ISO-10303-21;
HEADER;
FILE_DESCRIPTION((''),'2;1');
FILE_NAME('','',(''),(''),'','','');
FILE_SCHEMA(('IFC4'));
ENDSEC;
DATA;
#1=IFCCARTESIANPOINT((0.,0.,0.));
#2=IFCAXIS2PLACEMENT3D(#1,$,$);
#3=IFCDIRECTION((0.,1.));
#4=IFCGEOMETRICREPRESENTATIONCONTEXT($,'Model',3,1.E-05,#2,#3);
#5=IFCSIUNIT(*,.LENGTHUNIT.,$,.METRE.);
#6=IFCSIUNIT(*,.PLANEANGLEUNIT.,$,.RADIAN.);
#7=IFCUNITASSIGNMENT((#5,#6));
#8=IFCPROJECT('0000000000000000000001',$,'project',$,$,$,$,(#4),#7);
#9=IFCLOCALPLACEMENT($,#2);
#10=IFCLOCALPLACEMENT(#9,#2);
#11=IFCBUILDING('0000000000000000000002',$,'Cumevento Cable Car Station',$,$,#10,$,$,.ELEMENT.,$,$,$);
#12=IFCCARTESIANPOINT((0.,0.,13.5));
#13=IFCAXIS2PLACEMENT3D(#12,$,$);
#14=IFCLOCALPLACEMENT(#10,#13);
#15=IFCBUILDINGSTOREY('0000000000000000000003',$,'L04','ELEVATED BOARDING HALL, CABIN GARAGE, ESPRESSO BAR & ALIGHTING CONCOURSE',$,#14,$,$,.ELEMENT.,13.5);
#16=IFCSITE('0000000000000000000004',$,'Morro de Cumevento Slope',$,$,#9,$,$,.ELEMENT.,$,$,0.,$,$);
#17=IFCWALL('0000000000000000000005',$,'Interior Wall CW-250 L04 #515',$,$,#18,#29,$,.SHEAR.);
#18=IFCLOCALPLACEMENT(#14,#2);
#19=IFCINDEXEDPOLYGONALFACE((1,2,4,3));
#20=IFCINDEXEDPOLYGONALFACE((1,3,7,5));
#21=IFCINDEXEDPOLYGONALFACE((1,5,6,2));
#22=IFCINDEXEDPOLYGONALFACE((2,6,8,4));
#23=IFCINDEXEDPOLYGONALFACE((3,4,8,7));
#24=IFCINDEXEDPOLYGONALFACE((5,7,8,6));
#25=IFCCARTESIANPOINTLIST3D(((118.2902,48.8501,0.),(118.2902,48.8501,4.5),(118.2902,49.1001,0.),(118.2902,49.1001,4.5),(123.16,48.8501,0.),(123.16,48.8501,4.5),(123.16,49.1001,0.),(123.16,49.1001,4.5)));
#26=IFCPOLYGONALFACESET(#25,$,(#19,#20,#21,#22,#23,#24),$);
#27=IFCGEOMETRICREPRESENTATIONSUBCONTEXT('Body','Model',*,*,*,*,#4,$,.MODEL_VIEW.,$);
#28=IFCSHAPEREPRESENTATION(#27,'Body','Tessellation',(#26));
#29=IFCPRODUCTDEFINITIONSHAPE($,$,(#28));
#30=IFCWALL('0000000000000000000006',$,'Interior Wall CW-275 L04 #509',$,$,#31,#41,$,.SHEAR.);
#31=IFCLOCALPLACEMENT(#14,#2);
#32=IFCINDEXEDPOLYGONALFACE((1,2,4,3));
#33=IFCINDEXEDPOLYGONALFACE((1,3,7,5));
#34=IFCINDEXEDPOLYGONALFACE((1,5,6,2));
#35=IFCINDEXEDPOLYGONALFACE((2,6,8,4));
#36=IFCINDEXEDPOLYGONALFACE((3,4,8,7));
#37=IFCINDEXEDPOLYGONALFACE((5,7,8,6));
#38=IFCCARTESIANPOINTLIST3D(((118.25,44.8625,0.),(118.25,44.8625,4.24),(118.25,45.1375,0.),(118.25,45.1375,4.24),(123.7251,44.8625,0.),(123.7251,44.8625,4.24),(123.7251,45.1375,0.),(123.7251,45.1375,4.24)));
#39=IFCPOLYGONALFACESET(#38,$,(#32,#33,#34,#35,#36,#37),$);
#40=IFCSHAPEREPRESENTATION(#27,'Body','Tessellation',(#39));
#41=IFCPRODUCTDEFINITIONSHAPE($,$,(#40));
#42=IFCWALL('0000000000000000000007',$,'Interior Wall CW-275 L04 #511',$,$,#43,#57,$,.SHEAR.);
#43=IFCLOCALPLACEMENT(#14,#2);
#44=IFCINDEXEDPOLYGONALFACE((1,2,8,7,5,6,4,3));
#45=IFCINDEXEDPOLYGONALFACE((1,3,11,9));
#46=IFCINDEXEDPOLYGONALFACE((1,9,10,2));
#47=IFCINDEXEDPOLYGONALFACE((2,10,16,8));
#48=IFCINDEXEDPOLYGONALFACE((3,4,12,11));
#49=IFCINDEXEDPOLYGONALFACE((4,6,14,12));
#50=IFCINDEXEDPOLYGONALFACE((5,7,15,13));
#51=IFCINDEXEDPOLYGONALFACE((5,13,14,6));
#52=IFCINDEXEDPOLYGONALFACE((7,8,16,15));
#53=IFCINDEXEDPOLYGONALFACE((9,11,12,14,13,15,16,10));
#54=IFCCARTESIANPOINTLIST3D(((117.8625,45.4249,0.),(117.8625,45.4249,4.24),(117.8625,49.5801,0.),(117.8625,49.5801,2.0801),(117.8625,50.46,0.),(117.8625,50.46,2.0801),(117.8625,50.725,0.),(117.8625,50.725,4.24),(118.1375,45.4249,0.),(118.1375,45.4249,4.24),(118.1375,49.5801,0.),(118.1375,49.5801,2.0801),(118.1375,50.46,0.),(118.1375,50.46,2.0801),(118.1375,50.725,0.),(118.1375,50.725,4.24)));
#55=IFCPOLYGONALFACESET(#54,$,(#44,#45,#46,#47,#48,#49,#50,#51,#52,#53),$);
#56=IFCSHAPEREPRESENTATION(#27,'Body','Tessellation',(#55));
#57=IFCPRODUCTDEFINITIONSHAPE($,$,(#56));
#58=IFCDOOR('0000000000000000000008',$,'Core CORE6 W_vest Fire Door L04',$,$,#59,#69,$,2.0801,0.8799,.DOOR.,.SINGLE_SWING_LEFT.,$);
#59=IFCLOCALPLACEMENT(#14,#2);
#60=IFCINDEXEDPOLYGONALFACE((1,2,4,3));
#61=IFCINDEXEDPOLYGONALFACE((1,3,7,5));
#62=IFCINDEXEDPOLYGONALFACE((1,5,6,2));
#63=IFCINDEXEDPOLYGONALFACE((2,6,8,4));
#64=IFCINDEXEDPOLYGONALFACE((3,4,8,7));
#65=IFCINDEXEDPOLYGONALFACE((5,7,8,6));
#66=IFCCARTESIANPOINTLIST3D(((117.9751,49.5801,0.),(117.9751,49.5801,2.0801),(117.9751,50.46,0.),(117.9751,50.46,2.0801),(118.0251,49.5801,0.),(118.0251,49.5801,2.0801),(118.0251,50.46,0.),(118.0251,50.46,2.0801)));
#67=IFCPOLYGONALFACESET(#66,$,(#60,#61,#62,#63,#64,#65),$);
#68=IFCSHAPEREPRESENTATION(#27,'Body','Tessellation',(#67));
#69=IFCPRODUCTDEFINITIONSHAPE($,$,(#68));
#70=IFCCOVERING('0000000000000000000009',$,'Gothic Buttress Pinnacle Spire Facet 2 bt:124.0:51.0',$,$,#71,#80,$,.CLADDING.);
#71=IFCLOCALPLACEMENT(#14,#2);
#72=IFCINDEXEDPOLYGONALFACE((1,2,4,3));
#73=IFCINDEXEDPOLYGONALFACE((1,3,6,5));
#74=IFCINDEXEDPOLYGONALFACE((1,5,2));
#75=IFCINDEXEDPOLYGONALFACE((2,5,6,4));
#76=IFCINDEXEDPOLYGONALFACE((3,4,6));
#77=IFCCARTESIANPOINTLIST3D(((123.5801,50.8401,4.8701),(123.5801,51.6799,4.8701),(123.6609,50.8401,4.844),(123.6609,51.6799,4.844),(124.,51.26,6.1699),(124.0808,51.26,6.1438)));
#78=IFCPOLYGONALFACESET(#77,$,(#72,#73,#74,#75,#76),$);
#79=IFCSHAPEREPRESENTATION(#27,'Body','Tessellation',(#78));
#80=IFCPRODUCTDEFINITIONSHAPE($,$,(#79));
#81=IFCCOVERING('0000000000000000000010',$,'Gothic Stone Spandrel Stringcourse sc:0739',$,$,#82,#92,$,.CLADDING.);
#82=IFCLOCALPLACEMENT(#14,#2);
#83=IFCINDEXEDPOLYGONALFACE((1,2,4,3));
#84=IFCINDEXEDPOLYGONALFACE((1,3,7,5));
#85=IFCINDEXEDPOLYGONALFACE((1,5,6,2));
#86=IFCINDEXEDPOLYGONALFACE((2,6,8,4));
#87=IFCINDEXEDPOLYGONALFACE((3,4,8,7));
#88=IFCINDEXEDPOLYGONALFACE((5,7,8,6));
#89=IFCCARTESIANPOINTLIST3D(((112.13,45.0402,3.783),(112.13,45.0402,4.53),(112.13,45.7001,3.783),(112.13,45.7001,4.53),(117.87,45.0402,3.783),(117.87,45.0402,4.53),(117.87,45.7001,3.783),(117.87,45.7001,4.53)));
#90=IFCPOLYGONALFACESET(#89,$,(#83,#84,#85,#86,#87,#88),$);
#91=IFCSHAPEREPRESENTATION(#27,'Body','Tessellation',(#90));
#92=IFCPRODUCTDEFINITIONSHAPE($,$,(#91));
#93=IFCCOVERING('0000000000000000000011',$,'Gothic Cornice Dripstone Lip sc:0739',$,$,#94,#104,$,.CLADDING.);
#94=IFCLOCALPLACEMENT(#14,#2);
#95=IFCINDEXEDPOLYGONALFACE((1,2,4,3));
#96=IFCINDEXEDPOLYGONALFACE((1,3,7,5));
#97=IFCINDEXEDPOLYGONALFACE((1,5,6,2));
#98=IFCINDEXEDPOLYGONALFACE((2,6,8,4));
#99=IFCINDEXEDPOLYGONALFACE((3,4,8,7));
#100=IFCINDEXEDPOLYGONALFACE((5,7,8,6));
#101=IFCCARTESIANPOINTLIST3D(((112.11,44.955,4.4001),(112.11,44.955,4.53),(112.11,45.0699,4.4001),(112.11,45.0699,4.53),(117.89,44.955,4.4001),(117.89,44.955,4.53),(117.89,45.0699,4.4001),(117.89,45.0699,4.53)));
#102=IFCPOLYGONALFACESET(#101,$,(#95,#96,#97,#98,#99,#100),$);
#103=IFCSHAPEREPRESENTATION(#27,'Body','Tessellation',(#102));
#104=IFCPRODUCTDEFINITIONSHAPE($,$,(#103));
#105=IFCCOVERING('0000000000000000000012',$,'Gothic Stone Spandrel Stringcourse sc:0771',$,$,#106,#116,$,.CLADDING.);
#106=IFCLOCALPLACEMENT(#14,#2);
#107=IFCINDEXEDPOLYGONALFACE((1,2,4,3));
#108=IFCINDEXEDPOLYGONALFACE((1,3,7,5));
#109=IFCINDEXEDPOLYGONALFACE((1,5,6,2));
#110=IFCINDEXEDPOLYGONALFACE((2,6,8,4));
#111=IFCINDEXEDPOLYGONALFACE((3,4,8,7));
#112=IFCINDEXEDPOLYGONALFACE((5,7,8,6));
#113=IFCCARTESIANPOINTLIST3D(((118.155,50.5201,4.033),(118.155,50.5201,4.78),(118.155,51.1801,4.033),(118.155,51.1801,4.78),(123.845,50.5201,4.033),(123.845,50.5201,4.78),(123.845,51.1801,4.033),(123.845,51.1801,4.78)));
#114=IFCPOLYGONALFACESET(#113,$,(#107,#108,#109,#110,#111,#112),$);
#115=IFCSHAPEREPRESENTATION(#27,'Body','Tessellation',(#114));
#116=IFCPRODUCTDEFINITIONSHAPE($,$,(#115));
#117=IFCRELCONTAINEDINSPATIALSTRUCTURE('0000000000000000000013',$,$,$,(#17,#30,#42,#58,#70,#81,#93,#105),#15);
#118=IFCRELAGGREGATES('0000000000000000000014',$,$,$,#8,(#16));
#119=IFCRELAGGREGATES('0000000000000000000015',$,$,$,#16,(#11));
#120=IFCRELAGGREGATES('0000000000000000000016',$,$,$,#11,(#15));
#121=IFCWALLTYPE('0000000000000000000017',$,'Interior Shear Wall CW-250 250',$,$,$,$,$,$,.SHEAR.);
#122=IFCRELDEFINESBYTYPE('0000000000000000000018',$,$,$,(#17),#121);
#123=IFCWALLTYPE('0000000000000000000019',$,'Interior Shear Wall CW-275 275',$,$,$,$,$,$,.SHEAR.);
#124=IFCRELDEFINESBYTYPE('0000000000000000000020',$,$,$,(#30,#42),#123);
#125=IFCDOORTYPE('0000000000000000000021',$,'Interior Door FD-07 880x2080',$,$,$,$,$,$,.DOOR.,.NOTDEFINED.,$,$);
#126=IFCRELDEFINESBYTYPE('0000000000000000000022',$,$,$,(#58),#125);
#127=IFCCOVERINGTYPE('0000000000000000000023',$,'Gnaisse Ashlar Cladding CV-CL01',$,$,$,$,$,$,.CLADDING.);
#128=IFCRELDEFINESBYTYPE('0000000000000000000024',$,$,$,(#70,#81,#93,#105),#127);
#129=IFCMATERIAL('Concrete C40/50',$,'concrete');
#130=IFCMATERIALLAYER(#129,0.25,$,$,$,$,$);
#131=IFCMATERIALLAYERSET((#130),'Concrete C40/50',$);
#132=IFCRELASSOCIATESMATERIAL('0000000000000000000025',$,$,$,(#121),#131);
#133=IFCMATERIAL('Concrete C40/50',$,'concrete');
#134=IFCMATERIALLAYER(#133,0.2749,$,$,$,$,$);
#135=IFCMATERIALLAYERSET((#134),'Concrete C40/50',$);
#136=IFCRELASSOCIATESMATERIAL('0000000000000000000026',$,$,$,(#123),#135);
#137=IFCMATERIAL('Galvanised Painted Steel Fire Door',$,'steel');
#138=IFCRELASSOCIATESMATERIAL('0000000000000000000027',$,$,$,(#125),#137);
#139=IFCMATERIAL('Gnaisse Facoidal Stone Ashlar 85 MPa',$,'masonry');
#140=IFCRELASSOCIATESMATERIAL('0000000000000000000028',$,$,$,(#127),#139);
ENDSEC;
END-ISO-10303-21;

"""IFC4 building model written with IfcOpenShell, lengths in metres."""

from ifc_helpers import new_model, si_unit, direction, frame, frame_2d, origin, origin_2d, place, context, subcontext, project, spatial, polyline, rectangle, outline, extrude, material, layer, layer_set, type_object, element, fill, save


model = new_model("IFC4")

# Units and contexts
model_context = context("Model", 3, precision=1e-05, world=origin(), true_north=direction((0.0, 1.0)))
body_context = subcontext(model_context, "Body", "Model", "MODEL_VIEW")
ifc_project = project(units=[si_unit("LENGTHUNIT", "METRE"), si_unit("PLANEANGLEUNIT", "RADIAN")], contexts=[model_context])

# Site, building, storey
site_placement = place(None, origin())
site = spatial("IfcSite", under=ifc_project, at=site_placement, Name="Morro de Cumevento Slope", CompositionType="ELEMENT", RefElevation=0.0)
building_placement = place(site_placement, origin())
building = spatial("IfcBuilding", under=site, at=building_placement, Name="Cumevento Cable Car Station", CompositionType="ELEMENT")
storey_placement = place(building_placement, frame((0.0, 0.0, 13.5)))
storey = spatial("IfcBuildingStorey", under=building, at=storey_placement, Name="L04", Description="ELEVATED BOARDING HALL, CABIN GARAGE, ESPRESSO BAR & ALIGHTING CONCOURSE", CompositionType="ELEMENT", Elevation=13.5)

# Wall
ifc_material_1 = material(Name="Concrete C40/50", Category="concrete")
ifc_layer_1 = layer(ifc_material_1, 0.25)
ifc_layer_set_1 = layer_set([ifc_layer_1], Name="Concrete C40/50")
wall_type_1 = type_object("IfcWallType", Name="Interior Shear Wall CW-250 250", PredefinedType="SHEAR", material=ifc_layer_set_1)
wall_1_placement = place(storey_placement, frame((118.29, 48.9751, 0.0), z_axis=(0.0, 0.0, 1.0), x_axis=(1.0, 0.0, 0.0)))
element("IfcWall", 1, at=wall_1_placement, inside=storey, type_object=wall_type_1, Name="Interior Wall CW-250 L04 #515", PredefinedType="SHEAR", context=body_context, shape_type="SweptSolid", body=[
    extrude(rectangle(XDim=4.8699, YDim=0.25, at=frame_2d((2.4351, 0.0))), origin(), (0.0, 0.0, 1.0), 4.5),
])

# Wall
ifc_material_2 = material(Name="Concrete C40/50", Category="concrete")
ifc_layer_2 = layer(ifc_material_2, 0.2749)
ifc_layer_set_2 = layer_set([ifc_layer_2], Name="Concrete C40/50")
wall_type_2 = type_object("IfcWallType", Name="Interior Shear Wall CW-275 275", PredefinedType="SHEAR", material=ifc_layer_set_2)
wall_2_placement = place(storey_placement, frame((118.25, 45.0, 0.0), z_axis=(0.0, 0.0, 1.0), x_axis=(1.0, 0.0, 0.0)))
element("IfcWall", 2, at=wall_2_placement, inside=storey, type_object=wall_type_2, Name="Interior Wall CW-275 L04 #509", PredefinedType="SHEAR", context=body_context, shape_type="SweptSolid", body=[
    extrude(rectangle(XDim=5.4751, YDim=0.2749, at=frame_2d((2.7375, 0.0))), origin(), (0.0, 0.0, 1.0), 4.24),
])

# Wall, opening, door
wall_3_placement = place(storey_placement, frame((118.0, 45.425, 0.0), z_axis=(0.0, 0.0, 1.0), x_axis=(0.0, 1.0, 0.0)))
wall_3 = element("IfcWall", 3, at=wall_3_placement, inside=storey, type_object=wall_type_2, Name="Interior Wall CW-275 L04 #511", PredefinedType="SHEAR", context=body_context, shape_type="SweptSolid", body=[
    extrude(rectangle(XDim=5.3, YDim=0.2749, at=frame_2d((2.6499, 0.0))), origin(), (0.0, 0.0, 1.0), 4.24),
])
opening_1_placement = place(wall_3_placement, frame((4.155, 0.0, 0.0)))
opening_1 = element("IfcOpeningElement", 4, at=opening_1_placement, cuts=wall_3, PredefinedType="OPENING", context=body_context, shape_type="SweptSolid", body=[
    extrude(rectangle(XDim=0.8799, YDim=2.0801, at=frame_2d((0.4399, 1.04))), frame((0.0, 0.1475, 0.0), z_axis=(0.0, -1.0, 0.0), x_axis=(1.0, 0.0, 0.0)), (0.0, 0.0, 1.0), 0.2949),
])
ifc_material_3 = material(Name="Galvanised Painted Steel Fire Door", Category="steel")
door_type_1 = type_object("IfcDoorType", Name="Interior Door FD-07 880x2080", OperationType="NOTDEFINED", PredefinedType="DOOR", material=ifc_material_3)
door_1_placement = place(opening_1_placement, origin())
door_1 = element("IfcDoor", 5, at=door_1_placement, inside=storey, type_object=door_type_1, Name="Core CORE6 W_vest Fire Door L04", OperationType="SINGLE_SWING_LEFT", OverallHeight=2.0801, OverallWidth=0.8799, PredefinedType="DOOR", context=body_context, shape_type="SweptSolid", body=[
    extrude(rectangle(XDim=0.8799, YDim=2.0801, at=frame_2d((0.4399, 1.04))), frame((0.0, 0.0249, 0.0), z_axis=(0.0, -1.0, 0.0), x_axis=(1.0, 0.0, 0.0)), (0.0, 0.0, 1.0), 0.05),
])
fill(opening_1, door_1)

# Coverings
ifc_material_4 = material(Name="Gnaisse Facoidal Stone Ashlar 85 MPa", Category="masonry")
covering_type = type_object("IfcCoveringType", Name="Gnaisse Ashlar Cladding CV-CL01", PredefinedType="CLADDING", material=ifc_material_4)
covering_1_placement = place(storey_placement, frame((123.5801, 50.8401, 4.8701), z_axis=(-0.951574, 0.0, 0.307421), x_axis=(0.0, 1.0, 0.0)))
element("IfcCovering", 6, at=covering_1_placement, inside=storey, type_object=covering_type, Name="Gothic Buttress Pinnacle Spire Facet 2 bt:124.0:51.0", PredefinedType="CLADDING", context=body_context, shape_type="SweptSolid", body=[
    extrude(outline(polyline([(0.0, 0.0), (0.8398, 0.0), (0.4199, -1.366), (0.0, 0.0)])), origin(), (0.0, 0.0, -1.0), 0.085),
])
covering_2_placement = place(storey_placement, frame((115.0, 45.3701, 3.783), z_axis=(0.0, 0.0, 1.0), x_axis=(-1.0, 0.0, 0.0)))
element("IfcCovering", 7, at=covering_2_placement, inside=storey, type_object=covering_type, Name="Gothic Stone Spandrel Stringcourse sc:0739", PredefinedType="CLADDING", context=body_context, shape_type="SweptSolid", body=[
    extrude(rectangle(XDim=5.74, YDim=0.6599, at=origin_2d()), origin(), (0.0, 0.0, 1.0), 0.7471),
])
covering_3_placement = place(storey_placement, frame((115.0, 45.0125, 4.4001), z_axis=(0.0, 0.0, 1.0), x_axis=(-1.0, 0.0, 0.0)))
element("IfcCovering", 8, at=covering_3_placement, inside=storey, type_object=covering_type, Name="Gothic Cornice Dripstone Lip sc:0739", PredefinedType="CLADDING", context=body_context, shape_type="SweptSolid", body=[
    extrude(rectangle(XDim=5.78, YDim=0.115, at=origin_2d()), origin(), (0.0, 0.0, 1.0), 0.1299),
])
covering_4_placement = place(storey_placement, frame((121.0, 50.8501, 4.033), z_axis=(0.0, 0.0, 1.0), x_axis=(1.0, 0.0, 0.0)))
element("IfcCovering", 9, at=covering_4_placement, inside=storey, type_object=covering_type, Name="Gothic Stone Spandrel Stringcourse sc:0771", PredefinedType="CLADDING", context=body_context, shape_type="SweptSolid", body=[
    extrude(rectangle(XDim=5.6899, YDim=0.6599, at=origin_2d()), origin(), (0.0, 0.0, 1.0), 0.7471),
])

save(model, "model.ifc")
